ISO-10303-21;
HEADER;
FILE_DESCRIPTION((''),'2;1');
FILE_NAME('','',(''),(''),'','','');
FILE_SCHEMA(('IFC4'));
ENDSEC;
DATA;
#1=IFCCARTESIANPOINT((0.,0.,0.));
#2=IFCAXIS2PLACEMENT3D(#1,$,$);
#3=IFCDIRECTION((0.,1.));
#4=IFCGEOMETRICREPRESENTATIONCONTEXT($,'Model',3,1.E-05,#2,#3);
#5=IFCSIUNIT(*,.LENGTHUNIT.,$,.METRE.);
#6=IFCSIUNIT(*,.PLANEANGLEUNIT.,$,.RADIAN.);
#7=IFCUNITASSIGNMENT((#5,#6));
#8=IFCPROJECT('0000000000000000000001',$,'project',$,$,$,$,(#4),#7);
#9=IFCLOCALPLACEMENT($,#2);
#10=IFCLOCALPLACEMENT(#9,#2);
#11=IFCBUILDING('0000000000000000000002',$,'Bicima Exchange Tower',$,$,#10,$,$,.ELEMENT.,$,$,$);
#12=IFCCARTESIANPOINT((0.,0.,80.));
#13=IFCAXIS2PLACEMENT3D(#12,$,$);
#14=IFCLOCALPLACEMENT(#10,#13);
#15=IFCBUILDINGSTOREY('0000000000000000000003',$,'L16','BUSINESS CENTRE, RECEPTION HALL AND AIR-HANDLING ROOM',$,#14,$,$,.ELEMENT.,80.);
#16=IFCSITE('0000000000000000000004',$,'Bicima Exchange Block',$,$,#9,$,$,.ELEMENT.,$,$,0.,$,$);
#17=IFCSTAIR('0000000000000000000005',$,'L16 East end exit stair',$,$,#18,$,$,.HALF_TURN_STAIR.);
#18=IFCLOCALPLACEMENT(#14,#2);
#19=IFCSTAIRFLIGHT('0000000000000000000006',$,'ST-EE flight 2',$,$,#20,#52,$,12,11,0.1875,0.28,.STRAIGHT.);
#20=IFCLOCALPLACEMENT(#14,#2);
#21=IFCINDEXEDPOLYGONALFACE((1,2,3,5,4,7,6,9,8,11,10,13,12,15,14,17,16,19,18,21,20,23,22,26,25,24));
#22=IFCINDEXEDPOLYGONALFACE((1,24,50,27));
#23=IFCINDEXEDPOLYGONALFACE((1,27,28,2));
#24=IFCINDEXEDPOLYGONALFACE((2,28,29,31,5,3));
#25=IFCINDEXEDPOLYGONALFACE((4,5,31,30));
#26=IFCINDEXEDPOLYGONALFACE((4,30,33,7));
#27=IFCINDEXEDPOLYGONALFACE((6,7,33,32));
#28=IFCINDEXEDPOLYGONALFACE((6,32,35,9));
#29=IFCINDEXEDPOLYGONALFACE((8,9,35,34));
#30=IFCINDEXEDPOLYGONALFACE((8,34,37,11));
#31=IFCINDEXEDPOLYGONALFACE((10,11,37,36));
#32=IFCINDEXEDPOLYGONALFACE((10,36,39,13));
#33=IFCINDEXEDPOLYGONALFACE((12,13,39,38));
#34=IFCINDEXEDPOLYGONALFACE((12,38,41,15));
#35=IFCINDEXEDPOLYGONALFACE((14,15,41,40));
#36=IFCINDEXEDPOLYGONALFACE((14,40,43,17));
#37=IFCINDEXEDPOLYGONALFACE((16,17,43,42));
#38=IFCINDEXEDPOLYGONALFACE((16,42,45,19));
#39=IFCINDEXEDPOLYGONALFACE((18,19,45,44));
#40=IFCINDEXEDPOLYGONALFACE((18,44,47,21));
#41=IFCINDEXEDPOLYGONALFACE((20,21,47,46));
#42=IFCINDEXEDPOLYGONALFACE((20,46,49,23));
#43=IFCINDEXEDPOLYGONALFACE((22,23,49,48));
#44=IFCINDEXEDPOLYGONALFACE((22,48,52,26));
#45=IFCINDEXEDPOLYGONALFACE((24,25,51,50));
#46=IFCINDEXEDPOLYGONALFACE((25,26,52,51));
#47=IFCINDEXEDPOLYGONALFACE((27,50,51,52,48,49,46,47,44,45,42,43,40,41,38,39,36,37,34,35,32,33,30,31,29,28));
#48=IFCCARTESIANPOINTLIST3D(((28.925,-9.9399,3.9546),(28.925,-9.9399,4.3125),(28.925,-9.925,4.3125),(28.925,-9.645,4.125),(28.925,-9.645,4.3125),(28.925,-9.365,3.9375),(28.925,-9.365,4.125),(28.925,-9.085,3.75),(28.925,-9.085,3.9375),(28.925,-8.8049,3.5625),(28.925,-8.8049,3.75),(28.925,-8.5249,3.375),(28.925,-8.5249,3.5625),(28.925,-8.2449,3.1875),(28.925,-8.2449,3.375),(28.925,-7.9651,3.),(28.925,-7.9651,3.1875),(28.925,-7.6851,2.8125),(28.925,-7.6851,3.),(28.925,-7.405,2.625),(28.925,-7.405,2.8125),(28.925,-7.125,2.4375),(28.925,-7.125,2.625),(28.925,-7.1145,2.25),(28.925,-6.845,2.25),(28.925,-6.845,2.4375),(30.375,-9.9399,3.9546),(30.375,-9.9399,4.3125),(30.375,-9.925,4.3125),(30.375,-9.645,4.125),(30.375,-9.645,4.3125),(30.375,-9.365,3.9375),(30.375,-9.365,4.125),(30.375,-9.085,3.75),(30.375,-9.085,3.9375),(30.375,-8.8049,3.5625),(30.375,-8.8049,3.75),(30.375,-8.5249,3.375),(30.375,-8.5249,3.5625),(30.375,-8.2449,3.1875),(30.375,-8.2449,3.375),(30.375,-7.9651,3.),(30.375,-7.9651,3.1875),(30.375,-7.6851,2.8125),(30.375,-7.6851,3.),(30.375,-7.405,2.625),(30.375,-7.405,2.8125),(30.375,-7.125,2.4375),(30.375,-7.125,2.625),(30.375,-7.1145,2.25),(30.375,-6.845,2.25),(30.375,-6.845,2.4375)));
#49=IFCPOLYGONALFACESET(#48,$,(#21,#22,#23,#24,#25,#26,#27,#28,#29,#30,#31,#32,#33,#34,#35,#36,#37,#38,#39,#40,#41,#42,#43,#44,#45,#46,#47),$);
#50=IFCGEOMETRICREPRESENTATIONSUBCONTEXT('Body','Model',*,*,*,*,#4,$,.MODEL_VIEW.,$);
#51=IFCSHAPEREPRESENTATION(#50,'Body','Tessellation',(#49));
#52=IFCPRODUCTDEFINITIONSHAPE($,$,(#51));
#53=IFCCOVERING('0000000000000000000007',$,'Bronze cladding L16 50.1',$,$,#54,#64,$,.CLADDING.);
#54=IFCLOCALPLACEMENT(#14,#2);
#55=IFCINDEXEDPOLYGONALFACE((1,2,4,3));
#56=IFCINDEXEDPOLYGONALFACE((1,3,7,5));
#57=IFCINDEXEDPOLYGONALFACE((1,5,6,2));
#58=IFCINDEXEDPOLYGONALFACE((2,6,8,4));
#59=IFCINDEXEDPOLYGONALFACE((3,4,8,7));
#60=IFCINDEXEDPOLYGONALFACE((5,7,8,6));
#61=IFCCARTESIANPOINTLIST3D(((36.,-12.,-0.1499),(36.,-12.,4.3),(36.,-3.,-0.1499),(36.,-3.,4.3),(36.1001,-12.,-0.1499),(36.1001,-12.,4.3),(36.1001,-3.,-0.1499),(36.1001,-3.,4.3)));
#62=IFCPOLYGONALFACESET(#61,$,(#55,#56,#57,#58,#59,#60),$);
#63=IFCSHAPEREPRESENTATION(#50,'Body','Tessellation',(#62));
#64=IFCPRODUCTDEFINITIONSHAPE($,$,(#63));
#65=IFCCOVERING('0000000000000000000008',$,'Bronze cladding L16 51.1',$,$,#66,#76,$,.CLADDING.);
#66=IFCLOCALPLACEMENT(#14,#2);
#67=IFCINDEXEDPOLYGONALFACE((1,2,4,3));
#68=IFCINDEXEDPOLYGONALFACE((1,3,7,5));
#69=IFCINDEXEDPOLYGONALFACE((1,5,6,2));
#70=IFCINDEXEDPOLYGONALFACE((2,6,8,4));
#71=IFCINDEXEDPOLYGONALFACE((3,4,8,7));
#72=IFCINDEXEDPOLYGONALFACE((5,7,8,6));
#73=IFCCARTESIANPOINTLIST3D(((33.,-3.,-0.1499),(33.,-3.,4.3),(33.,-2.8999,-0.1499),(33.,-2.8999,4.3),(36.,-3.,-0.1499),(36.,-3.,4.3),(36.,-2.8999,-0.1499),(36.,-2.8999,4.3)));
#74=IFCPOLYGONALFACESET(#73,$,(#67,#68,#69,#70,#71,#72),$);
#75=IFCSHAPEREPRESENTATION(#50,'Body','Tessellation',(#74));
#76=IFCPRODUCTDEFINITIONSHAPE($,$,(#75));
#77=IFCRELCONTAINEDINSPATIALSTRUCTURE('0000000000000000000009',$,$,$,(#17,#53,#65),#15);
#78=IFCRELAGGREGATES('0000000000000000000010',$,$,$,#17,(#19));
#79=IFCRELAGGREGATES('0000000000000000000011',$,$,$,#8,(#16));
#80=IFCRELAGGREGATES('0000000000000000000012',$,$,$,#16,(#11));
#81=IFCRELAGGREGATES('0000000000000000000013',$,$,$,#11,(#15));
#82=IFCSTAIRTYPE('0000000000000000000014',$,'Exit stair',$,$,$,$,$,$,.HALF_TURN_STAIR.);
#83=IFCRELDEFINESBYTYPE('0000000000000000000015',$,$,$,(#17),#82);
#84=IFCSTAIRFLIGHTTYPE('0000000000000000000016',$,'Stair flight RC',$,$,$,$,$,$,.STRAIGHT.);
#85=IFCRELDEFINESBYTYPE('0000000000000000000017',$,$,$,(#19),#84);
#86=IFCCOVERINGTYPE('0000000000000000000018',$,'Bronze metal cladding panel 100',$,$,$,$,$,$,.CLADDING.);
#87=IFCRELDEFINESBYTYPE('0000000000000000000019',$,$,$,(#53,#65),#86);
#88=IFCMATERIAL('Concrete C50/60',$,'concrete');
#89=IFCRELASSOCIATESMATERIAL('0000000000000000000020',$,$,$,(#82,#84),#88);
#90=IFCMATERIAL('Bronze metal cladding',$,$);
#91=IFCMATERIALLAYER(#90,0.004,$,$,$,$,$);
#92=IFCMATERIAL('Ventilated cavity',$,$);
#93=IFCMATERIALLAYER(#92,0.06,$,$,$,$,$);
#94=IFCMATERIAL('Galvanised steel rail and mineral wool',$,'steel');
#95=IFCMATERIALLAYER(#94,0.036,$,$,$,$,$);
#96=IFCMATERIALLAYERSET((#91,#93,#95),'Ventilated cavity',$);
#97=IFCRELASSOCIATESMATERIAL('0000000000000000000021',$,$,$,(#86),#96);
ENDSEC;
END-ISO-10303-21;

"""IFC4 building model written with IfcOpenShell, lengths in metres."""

from ifc_helpers import new_model, si_unit, direction, frame, origin, origin_2d, place, context, subcontext, project, spatial, polyline, rectangle, outline, extrude, material, layer, layer_set, type_object, element, aggregate, save


model = new_model("IFC4")

# Units and contexts
model_context = context("Model", 3, precision=1e-05, world=origin(), true_north=direction((0.0, 1.0)))
body_context = subcontext(model_context, "Body", "Model", "MODEL_VIEW")
ifc_project = project(units=[si_unit("LENGTHUNIT", "METRE"), si_unit("PLANEANGLEUNIT", "RADIAN")], contexts=[model_context])

# Site, building, storey
site_placement = place(None, origin())
site = spatial("IfcSite", under=ifc_project, at=site_placement, Name="Bicima Exchange Block", CompositionType="ELEMENT", RefElevation=0.0)
building_placement = place(site_placement, origin())
building = spatial("IfcBuilding", under=site, at=building_placement, Name="Bicima Exchange Tower", CompositionType="ELEMENT")
storey_placement = place(building_placement, frame((0.0, 0.0, 80.0)))
storey = spatial("IfcBuildingStorey", under=building, at=storey_placement, Name="L16", Description="BUSINESS CENTRE, RECEPTION HALL AND AIR-HANDLING ROOM", CompositionType="ELEMENT", Elevation=80.0)

# Shared definitions
ifc_material_1 = material(Name="Concrete C50/60", Category="concrete")

# Stair, stair flight
stair_type = type_object("IfcStairType", Name="Exit stair", PredefinedType="HALF_TURN_STAIR", material=ifc_material_1)
stair_placement = place(storey_placement, origin())
stair = element("IfcStair", 1, at=stair_placement, inside=storey, type_object=stair_type, Name="L16 East end exit stair", PredefinedType="HALF_TURN_STAIR")
stair_flight_type = type_object("IfcStairFlightType", Name="Stair flight RC", PredefinedType="STRAIGHT", material=ifc_material_1)
stair_flight_1_placement = place(storey_placement, frame((29.6499, -6.845, 2.25), z_axis=(0.0, 0.0, 1.0), x_axis=(0.0, -1.0, 0.0)))
stair_flight_1 = element("IfcStairFlight", 2, at=stair_flight_1_placement, type_object=stair_flight_type, Name="ST-EE flight 2", NumberOfRisers=12, NumberOfTreads=11, PredefinedType="STRAIGHT", RiserHeight=0.1875, TreadLength=0.28, context=body_context, shape_type="SweptSolid", body=[
    extrude(outline(polyline([(0.0, 0.0), (0.0, 0.1875), (0.28, 0.1875), (0.28, 0.375), (0.5601, 0.375), (0.5601, 0.5625), (0.8401, 0.5625), (0.8401, 0.75), (1.1201, 0.75), (1.1201, 0.9375), (1.3999, 0.9375), (1.3999, 1.125), (1.6799, 1.125), (1.6799, 1.3125), (1.96, 1.3125), (1.96, 1.5), (2.24, 1.5), (2.24, 1.6875), (2.52, 1.6875), (2.52, 1.875), (2.8, 1.875), (2.8, 2.0625), (3.0801, 2.0625), (3.095, 2.0625), (3.095, 1.7046), (0.2695, 0.0), (0.0, 0.0)])), frame((0.0, 0.7251, 0.0), z_axis=(0.0, -1.0, 0.0), x_axis=(1.0, 0.0, 0.0)), (0.0, 0.0, 1.0), 1.45),
])
aggregate(stair, [stair_flight_1])

# Coverings
ifc_material_2 = material(Name="Bronze metal cladding")
ifc_layer_1 = layer(ifc_material_2, 0.004)
ifc_material_3 = material(Name="Ventilated cavity")
ifc_layer_2 = layer(ifc_material_3, 0.06)
ifc_material_4 = material(Name="Galvanised steel rail and mineral wool", Category="steel")
ifc_layer_3 = layer(ifc_material_4, 0.036)
ifc_layer_set_1 = layer_set([ifc_layer_1, ifc_layer_2, ifc_layer_3], Name="Ventilated cavity")
covering_type = type_object("IfcCoveringType", Name="Bronze metal cladding panel 100", PredefinedType="CLADDING", material=ifc_layer_set_1)
covering_1_placement = place(storey_placement, frame((36.05, -7.5, -0.1499), z_axis=(0.0, 0.0, 1.0), x_axis=(0.0, 1.0, 0.0)))
element("IfcCovering", 3, at=covering_1_placement, inside=storey, type_object=covering_type, Name="Bronze cladding L16 50.1", PredefinedType="CLADDING", context=body_context, shape_type="SweptSolid", body=[
    extrude(rectangle(XDim=9.0, YDim=0.1001, at=origin_2d()), origin(), (0.0, 0.0, 1.0), 4.45),
])
covering_2_placement = place(storey_placement, frame((34.5, -2.95, -0.1499), z_axis=(0.0, 0.0, 1.0), x_axis=(-1.0, 0.0, 0.0)))
element("IfcCovering", 4, at=covering_2_placement, inside=storey, type_object=covering_type, Name="Bronze cladding L16 51.1", PredefinedType="CLADDING", context=body_context, shape_type="SweptSolid", body=[
    extrude(rectangle(XDim=3.0, YDim=0.1001, at=origin_2d()), origin(), (0.0, 0.0, 1.0), 4.45),
])

save(model, "model.ifc")
